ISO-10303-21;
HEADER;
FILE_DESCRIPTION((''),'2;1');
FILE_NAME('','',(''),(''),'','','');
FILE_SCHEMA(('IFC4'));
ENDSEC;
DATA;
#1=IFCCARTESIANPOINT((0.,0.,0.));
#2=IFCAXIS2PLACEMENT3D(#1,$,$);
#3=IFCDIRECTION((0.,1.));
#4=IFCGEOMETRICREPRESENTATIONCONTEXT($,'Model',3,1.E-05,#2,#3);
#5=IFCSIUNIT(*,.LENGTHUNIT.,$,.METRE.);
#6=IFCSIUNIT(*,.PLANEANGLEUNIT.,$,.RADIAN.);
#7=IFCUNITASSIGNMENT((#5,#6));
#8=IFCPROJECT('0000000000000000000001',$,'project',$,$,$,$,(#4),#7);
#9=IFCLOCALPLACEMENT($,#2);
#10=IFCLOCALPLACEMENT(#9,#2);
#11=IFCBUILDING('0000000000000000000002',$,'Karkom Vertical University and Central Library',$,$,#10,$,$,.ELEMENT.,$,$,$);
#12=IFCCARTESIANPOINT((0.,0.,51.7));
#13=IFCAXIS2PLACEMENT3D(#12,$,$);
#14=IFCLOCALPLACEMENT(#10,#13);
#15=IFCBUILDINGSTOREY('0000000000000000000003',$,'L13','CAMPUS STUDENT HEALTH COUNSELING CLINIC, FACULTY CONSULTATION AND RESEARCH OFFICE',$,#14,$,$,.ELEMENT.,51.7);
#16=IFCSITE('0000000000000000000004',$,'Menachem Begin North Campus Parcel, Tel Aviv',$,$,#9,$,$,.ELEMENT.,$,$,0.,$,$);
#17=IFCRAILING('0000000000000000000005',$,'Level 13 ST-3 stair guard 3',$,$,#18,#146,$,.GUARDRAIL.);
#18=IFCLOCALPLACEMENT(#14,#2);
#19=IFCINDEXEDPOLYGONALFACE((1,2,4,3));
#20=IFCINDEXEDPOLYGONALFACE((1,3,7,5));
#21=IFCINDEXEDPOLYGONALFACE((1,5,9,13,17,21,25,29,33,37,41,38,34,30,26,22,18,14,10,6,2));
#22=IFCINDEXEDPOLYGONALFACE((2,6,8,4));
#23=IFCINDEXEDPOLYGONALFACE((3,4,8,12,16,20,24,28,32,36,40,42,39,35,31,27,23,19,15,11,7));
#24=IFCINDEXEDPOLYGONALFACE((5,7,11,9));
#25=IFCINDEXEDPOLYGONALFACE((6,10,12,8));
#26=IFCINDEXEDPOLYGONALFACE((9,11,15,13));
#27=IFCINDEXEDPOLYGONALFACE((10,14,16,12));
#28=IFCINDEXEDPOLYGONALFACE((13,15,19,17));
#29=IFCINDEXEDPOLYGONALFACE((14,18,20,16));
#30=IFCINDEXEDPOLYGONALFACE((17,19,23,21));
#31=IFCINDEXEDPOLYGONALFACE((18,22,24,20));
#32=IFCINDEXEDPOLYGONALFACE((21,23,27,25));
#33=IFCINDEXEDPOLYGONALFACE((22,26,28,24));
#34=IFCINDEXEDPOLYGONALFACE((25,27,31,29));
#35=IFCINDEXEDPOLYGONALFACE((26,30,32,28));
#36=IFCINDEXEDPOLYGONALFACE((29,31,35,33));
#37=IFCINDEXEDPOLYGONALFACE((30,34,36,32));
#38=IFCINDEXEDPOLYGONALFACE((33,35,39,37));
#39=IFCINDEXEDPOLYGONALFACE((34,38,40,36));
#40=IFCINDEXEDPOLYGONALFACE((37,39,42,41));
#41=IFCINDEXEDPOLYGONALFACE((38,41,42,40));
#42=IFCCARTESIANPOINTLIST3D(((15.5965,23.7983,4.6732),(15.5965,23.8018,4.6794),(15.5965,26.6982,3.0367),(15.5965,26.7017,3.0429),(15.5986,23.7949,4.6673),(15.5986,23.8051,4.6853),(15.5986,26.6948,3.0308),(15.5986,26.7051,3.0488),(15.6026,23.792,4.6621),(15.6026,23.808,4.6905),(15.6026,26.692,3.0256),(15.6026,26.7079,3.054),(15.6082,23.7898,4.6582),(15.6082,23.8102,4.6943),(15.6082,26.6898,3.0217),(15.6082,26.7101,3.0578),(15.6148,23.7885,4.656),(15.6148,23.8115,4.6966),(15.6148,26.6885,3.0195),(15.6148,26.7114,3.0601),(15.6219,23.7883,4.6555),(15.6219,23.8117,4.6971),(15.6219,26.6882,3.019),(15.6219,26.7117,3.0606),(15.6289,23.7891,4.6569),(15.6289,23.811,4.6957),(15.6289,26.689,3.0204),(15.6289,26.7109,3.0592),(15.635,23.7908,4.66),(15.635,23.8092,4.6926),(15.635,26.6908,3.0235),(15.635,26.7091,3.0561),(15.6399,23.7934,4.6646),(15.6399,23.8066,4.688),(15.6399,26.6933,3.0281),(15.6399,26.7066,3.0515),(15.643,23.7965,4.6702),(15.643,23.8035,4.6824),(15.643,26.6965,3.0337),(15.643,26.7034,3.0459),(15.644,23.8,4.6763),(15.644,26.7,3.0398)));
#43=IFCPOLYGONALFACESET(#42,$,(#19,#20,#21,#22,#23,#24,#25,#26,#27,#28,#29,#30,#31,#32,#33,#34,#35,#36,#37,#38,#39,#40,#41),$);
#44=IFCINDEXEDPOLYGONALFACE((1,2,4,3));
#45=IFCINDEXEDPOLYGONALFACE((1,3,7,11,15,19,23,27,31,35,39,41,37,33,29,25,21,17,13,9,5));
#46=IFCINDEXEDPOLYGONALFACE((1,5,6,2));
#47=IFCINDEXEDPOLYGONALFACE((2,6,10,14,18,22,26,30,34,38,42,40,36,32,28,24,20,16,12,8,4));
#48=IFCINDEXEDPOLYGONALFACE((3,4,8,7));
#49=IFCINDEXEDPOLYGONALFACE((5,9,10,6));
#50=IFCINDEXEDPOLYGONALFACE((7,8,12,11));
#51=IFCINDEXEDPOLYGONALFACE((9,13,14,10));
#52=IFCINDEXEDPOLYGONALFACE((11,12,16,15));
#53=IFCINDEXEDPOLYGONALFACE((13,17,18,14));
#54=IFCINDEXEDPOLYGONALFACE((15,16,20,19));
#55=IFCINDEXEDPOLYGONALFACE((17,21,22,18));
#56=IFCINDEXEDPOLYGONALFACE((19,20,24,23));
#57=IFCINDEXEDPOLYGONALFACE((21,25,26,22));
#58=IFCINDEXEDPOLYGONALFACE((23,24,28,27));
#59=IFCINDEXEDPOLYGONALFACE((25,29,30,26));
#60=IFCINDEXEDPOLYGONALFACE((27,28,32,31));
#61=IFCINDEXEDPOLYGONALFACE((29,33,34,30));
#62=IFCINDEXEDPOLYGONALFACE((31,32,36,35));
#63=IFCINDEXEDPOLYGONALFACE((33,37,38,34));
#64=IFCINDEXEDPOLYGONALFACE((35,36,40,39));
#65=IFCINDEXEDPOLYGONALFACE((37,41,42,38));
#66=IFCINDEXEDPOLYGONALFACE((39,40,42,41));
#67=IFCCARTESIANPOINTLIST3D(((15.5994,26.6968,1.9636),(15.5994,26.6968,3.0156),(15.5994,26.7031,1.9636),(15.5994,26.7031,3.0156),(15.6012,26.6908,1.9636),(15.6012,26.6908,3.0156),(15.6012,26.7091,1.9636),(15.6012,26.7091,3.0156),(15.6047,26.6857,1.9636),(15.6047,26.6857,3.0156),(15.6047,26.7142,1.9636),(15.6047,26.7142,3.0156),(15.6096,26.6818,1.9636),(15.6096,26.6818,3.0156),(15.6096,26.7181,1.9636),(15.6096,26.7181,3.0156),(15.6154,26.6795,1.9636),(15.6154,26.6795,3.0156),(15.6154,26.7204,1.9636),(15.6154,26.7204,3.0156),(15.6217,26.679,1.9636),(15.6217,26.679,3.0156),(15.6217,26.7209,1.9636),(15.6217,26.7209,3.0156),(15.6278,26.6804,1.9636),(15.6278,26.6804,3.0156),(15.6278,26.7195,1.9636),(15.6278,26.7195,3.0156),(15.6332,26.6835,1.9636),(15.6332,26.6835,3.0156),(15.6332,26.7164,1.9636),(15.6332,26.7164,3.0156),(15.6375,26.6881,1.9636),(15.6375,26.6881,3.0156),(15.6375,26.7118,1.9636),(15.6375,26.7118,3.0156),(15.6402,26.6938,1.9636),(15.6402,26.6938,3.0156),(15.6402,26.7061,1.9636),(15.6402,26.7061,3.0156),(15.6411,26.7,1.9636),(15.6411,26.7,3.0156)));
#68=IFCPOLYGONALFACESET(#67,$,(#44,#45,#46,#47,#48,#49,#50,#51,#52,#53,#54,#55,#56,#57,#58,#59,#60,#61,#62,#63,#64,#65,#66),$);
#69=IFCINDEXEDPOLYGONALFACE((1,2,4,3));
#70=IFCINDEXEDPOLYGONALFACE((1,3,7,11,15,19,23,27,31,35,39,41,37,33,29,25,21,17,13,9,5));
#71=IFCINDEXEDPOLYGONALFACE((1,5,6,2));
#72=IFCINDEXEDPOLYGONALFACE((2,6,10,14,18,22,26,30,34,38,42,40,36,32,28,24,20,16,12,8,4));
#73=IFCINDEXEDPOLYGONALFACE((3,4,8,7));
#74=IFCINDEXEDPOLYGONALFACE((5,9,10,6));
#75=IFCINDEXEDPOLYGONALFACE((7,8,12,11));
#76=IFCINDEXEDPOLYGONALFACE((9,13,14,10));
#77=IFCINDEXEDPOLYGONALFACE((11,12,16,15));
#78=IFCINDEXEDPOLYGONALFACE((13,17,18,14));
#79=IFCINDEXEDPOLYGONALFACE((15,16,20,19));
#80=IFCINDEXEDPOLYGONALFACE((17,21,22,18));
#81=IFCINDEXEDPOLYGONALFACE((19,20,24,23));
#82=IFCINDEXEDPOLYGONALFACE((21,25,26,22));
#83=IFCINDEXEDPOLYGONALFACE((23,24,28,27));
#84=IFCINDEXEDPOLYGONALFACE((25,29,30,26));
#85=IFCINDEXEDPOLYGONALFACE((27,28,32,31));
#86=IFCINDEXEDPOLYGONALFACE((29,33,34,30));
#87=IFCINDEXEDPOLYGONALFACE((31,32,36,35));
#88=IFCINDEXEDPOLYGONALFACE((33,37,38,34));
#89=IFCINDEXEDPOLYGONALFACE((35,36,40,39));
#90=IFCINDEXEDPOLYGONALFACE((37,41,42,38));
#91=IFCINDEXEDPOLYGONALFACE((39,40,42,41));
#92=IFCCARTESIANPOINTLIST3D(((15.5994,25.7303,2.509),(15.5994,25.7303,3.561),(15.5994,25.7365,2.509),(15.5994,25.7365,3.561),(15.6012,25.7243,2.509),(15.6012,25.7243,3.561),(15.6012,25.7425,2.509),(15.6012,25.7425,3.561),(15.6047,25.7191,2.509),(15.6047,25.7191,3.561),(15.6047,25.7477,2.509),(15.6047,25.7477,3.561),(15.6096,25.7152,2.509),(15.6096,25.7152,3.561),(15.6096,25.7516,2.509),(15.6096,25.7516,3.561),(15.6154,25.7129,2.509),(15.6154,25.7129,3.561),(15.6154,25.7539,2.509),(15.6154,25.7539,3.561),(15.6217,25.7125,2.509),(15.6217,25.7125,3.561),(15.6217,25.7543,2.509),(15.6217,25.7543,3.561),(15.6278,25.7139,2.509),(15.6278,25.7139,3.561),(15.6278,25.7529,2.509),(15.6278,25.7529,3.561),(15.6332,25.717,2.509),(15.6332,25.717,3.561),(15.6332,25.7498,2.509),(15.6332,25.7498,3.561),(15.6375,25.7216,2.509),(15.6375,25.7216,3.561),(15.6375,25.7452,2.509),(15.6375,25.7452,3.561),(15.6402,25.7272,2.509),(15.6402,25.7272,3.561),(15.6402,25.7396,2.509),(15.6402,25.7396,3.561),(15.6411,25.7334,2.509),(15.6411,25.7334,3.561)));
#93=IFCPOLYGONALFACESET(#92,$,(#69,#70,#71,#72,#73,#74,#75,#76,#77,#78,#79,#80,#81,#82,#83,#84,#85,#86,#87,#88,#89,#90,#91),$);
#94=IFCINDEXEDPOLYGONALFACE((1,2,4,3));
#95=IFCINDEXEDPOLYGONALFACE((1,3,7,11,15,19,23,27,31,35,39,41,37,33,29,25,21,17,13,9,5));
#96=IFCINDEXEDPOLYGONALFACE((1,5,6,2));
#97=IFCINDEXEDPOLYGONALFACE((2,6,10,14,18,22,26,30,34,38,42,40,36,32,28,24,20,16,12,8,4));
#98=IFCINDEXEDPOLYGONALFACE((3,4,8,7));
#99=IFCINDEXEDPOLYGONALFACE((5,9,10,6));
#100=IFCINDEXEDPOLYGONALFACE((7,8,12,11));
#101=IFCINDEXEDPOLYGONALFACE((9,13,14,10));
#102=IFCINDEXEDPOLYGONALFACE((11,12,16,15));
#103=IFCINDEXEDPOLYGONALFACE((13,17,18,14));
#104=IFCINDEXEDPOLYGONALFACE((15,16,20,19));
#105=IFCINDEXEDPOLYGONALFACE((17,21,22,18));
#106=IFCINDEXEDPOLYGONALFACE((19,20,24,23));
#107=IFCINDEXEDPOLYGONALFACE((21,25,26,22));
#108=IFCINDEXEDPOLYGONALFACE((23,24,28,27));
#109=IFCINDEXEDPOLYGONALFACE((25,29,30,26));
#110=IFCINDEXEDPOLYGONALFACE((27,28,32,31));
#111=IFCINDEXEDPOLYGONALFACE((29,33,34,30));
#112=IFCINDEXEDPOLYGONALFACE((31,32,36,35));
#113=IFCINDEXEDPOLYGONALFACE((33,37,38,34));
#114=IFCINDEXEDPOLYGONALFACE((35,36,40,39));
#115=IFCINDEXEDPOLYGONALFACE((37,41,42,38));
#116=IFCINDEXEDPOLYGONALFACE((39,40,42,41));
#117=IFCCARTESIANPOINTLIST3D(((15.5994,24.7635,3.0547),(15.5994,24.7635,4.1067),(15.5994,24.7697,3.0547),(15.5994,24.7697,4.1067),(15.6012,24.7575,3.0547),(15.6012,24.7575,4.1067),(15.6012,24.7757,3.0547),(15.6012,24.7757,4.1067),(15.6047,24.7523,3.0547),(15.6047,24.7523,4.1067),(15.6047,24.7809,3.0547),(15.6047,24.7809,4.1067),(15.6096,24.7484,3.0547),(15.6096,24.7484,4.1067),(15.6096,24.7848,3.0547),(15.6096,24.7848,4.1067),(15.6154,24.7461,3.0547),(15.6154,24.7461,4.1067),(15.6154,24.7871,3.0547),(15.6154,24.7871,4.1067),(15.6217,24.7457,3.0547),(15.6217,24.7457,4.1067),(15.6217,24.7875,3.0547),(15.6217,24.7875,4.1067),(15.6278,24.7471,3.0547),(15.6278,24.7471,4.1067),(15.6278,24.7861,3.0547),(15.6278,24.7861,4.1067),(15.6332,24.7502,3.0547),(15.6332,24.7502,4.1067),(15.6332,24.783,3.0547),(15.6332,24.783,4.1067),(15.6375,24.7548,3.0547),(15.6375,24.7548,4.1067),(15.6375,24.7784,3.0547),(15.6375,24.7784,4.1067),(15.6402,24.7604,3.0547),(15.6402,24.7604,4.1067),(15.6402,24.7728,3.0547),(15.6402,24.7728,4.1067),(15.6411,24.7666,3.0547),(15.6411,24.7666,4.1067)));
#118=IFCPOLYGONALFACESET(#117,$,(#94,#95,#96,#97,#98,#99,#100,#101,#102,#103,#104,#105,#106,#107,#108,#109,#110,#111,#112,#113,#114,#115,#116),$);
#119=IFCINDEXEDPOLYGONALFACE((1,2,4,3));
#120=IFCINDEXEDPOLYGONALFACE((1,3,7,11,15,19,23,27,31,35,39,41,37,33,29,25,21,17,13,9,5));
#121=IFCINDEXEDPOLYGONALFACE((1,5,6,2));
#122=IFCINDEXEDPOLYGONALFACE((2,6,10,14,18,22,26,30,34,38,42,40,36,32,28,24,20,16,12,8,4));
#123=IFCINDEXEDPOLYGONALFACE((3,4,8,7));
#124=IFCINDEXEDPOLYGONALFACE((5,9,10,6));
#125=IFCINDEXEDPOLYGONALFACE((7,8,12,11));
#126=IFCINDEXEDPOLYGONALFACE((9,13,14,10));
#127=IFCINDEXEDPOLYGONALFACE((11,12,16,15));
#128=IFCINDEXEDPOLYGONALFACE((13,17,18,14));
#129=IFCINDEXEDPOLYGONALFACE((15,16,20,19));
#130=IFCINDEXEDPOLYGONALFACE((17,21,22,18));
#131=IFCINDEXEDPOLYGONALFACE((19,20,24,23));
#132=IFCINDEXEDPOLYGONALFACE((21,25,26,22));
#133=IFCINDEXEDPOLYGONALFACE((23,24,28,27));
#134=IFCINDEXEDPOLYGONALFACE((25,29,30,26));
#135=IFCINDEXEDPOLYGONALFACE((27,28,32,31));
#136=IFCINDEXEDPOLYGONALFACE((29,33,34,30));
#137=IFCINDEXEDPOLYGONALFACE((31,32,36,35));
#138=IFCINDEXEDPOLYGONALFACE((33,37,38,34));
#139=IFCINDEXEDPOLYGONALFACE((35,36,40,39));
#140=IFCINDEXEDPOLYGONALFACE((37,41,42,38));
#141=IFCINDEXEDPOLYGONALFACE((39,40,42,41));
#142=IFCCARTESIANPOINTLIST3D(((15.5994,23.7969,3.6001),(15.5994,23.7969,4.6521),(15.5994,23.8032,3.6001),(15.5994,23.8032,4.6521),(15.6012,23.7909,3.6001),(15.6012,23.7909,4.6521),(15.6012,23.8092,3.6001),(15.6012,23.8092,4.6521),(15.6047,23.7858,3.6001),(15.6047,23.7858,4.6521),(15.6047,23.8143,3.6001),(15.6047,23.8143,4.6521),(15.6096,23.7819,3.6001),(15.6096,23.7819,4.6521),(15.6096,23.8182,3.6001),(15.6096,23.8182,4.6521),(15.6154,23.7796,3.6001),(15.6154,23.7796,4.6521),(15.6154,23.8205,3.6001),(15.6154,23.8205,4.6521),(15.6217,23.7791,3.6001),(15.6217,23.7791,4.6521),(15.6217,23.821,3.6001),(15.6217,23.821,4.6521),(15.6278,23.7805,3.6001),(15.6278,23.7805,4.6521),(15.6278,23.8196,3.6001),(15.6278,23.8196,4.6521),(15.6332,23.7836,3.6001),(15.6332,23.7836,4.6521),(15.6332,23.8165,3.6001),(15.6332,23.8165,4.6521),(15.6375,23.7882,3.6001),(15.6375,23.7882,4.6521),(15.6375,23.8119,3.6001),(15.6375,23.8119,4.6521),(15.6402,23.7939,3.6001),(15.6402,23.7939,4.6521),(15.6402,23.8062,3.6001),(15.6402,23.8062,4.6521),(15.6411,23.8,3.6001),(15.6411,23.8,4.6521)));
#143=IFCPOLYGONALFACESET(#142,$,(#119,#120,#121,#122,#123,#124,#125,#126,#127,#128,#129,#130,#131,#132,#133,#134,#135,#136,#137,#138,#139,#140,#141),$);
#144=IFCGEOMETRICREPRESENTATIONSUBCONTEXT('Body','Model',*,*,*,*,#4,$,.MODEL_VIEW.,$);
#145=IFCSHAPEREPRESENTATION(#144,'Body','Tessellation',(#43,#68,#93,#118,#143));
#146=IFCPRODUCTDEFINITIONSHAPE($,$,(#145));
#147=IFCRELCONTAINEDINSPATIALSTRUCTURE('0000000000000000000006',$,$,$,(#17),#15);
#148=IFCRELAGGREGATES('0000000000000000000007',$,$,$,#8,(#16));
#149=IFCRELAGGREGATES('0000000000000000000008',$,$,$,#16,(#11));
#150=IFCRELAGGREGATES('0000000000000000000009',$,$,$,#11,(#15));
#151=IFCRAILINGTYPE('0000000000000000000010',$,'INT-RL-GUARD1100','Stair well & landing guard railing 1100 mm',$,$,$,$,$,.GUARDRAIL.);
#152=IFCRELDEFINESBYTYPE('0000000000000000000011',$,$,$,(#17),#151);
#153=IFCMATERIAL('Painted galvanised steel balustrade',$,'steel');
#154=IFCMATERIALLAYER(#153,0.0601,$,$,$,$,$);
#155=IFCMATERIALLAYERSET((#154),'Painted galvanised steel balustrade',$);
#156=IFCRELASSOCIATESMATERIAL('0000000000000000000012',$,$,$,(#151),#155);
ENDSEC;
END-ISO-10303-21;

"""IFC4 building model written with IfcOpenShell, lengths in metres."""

from ifc_helpers import new_model, si_unit, direction, frame, origin, origin_2d, place, context, subcontext, project, spatial, circle, extrude, material, layer, layer_set, type_object, element, save


model = new_model("IFC4")

# Units and contexts
model_context = context("Model", 3, precision=1e-05, world=origin(), true_north=direction((0.0, 1.0)))
body_context = subcontext(model_context, "Body", "Model", "MODEL_VIEW")
ifc_project = project(units=[si_unit("LENGTHUNIT", "METRE"), si_unit("PLANEANGLEUNIT", "RADIAN")], contexts=[model_context])

# Site, building, storey
site_placement = place(None, origin())
site = spatial("IfcSite", under=ifc_project, at=site_placement, Name="Menachem Begin North Campus Parcel, Tel Aviv", CompositionType="ELEMENT", RefElevation=0.0)
building_placement = place(site_placement, origin())
building = spatial("IfcBuilding", under=site, at=building_placement, Name="Karkom Vertical University and Central Library", CompositionType="ELEMENT")
storey_placement = place(building_placement, frame((0.0, 0.0, 51.7)))
storey = spatial("IfcBuildingStorey", under=building, at=storey_placement, Name="L13", Description="CAMPUS STUDENT HEALTH COUNSELING CLINIC, FACULTY CONSULTATION AND RESEARCH OFFICE", CompositionType="ELEMENT", Elevation=51.7)

# Railing
ifc_material_1 = material(Name="Painted galvanised steel balustrade", Category="steel")
ifc_layer_1 = layer(ifc_material_1, 0.0601)
ifc_layer_set_1 = layer_set([ifc_layer_1], Name="Painted galvanised steel balustrade")
railing_type_1 = type_object("IfcRailingType", Name="INT-RL-GUARD1100", Description="Stair well & landing guard railing 1100 mm", PredefinedType="GUARDRAIL", material=ifc_layer_set_1)
railing_1_placement = place(storey_placement, frame((15.6201, 26.7, 1.9636)))
element("IfcRailing", 1, at=railing_1_placement, inside=storey, type_object=railing_type_1, Name="Level 13 ST-3 stair guard 3", PredefinedType="GUARDRAIL", context=body_context, shape_type="SweptSolid", body=[
    extrude(circle(Radius=0.0239, at=origin_2d()), frame((0.0, 0.0, 1.0762), z_axis=(0.0, -0.870897, 0.491465), x_axis=(1.0, 0.0, 0.0)), (0.0, 0.0, 1.0), 3.3298),
    extrude(circle(Radius=0.021, at=origin_2d()), origin(), (0.0, 0.0, 1.0), 1.052),
    extrude(circle(Radius=0.021, at=origin_2d()), frame((0.0, -0.9666, 0.5454)), (0.0, 0.0, 1.0), 1.052),
    extrude(circle(Radius=0.021, at=origin_2d()), frame((0.0, -1.9333, 1.0911)), (0.0, 0.0, 1.0), 1.052),
    extrude(circle(Radius=0.021, at=origin_2d()), frame((0.0, -2.8999, 1.6365)), (0.0, 0.0, 1.0), 1.052),
])

save(model, "model.ifc")
